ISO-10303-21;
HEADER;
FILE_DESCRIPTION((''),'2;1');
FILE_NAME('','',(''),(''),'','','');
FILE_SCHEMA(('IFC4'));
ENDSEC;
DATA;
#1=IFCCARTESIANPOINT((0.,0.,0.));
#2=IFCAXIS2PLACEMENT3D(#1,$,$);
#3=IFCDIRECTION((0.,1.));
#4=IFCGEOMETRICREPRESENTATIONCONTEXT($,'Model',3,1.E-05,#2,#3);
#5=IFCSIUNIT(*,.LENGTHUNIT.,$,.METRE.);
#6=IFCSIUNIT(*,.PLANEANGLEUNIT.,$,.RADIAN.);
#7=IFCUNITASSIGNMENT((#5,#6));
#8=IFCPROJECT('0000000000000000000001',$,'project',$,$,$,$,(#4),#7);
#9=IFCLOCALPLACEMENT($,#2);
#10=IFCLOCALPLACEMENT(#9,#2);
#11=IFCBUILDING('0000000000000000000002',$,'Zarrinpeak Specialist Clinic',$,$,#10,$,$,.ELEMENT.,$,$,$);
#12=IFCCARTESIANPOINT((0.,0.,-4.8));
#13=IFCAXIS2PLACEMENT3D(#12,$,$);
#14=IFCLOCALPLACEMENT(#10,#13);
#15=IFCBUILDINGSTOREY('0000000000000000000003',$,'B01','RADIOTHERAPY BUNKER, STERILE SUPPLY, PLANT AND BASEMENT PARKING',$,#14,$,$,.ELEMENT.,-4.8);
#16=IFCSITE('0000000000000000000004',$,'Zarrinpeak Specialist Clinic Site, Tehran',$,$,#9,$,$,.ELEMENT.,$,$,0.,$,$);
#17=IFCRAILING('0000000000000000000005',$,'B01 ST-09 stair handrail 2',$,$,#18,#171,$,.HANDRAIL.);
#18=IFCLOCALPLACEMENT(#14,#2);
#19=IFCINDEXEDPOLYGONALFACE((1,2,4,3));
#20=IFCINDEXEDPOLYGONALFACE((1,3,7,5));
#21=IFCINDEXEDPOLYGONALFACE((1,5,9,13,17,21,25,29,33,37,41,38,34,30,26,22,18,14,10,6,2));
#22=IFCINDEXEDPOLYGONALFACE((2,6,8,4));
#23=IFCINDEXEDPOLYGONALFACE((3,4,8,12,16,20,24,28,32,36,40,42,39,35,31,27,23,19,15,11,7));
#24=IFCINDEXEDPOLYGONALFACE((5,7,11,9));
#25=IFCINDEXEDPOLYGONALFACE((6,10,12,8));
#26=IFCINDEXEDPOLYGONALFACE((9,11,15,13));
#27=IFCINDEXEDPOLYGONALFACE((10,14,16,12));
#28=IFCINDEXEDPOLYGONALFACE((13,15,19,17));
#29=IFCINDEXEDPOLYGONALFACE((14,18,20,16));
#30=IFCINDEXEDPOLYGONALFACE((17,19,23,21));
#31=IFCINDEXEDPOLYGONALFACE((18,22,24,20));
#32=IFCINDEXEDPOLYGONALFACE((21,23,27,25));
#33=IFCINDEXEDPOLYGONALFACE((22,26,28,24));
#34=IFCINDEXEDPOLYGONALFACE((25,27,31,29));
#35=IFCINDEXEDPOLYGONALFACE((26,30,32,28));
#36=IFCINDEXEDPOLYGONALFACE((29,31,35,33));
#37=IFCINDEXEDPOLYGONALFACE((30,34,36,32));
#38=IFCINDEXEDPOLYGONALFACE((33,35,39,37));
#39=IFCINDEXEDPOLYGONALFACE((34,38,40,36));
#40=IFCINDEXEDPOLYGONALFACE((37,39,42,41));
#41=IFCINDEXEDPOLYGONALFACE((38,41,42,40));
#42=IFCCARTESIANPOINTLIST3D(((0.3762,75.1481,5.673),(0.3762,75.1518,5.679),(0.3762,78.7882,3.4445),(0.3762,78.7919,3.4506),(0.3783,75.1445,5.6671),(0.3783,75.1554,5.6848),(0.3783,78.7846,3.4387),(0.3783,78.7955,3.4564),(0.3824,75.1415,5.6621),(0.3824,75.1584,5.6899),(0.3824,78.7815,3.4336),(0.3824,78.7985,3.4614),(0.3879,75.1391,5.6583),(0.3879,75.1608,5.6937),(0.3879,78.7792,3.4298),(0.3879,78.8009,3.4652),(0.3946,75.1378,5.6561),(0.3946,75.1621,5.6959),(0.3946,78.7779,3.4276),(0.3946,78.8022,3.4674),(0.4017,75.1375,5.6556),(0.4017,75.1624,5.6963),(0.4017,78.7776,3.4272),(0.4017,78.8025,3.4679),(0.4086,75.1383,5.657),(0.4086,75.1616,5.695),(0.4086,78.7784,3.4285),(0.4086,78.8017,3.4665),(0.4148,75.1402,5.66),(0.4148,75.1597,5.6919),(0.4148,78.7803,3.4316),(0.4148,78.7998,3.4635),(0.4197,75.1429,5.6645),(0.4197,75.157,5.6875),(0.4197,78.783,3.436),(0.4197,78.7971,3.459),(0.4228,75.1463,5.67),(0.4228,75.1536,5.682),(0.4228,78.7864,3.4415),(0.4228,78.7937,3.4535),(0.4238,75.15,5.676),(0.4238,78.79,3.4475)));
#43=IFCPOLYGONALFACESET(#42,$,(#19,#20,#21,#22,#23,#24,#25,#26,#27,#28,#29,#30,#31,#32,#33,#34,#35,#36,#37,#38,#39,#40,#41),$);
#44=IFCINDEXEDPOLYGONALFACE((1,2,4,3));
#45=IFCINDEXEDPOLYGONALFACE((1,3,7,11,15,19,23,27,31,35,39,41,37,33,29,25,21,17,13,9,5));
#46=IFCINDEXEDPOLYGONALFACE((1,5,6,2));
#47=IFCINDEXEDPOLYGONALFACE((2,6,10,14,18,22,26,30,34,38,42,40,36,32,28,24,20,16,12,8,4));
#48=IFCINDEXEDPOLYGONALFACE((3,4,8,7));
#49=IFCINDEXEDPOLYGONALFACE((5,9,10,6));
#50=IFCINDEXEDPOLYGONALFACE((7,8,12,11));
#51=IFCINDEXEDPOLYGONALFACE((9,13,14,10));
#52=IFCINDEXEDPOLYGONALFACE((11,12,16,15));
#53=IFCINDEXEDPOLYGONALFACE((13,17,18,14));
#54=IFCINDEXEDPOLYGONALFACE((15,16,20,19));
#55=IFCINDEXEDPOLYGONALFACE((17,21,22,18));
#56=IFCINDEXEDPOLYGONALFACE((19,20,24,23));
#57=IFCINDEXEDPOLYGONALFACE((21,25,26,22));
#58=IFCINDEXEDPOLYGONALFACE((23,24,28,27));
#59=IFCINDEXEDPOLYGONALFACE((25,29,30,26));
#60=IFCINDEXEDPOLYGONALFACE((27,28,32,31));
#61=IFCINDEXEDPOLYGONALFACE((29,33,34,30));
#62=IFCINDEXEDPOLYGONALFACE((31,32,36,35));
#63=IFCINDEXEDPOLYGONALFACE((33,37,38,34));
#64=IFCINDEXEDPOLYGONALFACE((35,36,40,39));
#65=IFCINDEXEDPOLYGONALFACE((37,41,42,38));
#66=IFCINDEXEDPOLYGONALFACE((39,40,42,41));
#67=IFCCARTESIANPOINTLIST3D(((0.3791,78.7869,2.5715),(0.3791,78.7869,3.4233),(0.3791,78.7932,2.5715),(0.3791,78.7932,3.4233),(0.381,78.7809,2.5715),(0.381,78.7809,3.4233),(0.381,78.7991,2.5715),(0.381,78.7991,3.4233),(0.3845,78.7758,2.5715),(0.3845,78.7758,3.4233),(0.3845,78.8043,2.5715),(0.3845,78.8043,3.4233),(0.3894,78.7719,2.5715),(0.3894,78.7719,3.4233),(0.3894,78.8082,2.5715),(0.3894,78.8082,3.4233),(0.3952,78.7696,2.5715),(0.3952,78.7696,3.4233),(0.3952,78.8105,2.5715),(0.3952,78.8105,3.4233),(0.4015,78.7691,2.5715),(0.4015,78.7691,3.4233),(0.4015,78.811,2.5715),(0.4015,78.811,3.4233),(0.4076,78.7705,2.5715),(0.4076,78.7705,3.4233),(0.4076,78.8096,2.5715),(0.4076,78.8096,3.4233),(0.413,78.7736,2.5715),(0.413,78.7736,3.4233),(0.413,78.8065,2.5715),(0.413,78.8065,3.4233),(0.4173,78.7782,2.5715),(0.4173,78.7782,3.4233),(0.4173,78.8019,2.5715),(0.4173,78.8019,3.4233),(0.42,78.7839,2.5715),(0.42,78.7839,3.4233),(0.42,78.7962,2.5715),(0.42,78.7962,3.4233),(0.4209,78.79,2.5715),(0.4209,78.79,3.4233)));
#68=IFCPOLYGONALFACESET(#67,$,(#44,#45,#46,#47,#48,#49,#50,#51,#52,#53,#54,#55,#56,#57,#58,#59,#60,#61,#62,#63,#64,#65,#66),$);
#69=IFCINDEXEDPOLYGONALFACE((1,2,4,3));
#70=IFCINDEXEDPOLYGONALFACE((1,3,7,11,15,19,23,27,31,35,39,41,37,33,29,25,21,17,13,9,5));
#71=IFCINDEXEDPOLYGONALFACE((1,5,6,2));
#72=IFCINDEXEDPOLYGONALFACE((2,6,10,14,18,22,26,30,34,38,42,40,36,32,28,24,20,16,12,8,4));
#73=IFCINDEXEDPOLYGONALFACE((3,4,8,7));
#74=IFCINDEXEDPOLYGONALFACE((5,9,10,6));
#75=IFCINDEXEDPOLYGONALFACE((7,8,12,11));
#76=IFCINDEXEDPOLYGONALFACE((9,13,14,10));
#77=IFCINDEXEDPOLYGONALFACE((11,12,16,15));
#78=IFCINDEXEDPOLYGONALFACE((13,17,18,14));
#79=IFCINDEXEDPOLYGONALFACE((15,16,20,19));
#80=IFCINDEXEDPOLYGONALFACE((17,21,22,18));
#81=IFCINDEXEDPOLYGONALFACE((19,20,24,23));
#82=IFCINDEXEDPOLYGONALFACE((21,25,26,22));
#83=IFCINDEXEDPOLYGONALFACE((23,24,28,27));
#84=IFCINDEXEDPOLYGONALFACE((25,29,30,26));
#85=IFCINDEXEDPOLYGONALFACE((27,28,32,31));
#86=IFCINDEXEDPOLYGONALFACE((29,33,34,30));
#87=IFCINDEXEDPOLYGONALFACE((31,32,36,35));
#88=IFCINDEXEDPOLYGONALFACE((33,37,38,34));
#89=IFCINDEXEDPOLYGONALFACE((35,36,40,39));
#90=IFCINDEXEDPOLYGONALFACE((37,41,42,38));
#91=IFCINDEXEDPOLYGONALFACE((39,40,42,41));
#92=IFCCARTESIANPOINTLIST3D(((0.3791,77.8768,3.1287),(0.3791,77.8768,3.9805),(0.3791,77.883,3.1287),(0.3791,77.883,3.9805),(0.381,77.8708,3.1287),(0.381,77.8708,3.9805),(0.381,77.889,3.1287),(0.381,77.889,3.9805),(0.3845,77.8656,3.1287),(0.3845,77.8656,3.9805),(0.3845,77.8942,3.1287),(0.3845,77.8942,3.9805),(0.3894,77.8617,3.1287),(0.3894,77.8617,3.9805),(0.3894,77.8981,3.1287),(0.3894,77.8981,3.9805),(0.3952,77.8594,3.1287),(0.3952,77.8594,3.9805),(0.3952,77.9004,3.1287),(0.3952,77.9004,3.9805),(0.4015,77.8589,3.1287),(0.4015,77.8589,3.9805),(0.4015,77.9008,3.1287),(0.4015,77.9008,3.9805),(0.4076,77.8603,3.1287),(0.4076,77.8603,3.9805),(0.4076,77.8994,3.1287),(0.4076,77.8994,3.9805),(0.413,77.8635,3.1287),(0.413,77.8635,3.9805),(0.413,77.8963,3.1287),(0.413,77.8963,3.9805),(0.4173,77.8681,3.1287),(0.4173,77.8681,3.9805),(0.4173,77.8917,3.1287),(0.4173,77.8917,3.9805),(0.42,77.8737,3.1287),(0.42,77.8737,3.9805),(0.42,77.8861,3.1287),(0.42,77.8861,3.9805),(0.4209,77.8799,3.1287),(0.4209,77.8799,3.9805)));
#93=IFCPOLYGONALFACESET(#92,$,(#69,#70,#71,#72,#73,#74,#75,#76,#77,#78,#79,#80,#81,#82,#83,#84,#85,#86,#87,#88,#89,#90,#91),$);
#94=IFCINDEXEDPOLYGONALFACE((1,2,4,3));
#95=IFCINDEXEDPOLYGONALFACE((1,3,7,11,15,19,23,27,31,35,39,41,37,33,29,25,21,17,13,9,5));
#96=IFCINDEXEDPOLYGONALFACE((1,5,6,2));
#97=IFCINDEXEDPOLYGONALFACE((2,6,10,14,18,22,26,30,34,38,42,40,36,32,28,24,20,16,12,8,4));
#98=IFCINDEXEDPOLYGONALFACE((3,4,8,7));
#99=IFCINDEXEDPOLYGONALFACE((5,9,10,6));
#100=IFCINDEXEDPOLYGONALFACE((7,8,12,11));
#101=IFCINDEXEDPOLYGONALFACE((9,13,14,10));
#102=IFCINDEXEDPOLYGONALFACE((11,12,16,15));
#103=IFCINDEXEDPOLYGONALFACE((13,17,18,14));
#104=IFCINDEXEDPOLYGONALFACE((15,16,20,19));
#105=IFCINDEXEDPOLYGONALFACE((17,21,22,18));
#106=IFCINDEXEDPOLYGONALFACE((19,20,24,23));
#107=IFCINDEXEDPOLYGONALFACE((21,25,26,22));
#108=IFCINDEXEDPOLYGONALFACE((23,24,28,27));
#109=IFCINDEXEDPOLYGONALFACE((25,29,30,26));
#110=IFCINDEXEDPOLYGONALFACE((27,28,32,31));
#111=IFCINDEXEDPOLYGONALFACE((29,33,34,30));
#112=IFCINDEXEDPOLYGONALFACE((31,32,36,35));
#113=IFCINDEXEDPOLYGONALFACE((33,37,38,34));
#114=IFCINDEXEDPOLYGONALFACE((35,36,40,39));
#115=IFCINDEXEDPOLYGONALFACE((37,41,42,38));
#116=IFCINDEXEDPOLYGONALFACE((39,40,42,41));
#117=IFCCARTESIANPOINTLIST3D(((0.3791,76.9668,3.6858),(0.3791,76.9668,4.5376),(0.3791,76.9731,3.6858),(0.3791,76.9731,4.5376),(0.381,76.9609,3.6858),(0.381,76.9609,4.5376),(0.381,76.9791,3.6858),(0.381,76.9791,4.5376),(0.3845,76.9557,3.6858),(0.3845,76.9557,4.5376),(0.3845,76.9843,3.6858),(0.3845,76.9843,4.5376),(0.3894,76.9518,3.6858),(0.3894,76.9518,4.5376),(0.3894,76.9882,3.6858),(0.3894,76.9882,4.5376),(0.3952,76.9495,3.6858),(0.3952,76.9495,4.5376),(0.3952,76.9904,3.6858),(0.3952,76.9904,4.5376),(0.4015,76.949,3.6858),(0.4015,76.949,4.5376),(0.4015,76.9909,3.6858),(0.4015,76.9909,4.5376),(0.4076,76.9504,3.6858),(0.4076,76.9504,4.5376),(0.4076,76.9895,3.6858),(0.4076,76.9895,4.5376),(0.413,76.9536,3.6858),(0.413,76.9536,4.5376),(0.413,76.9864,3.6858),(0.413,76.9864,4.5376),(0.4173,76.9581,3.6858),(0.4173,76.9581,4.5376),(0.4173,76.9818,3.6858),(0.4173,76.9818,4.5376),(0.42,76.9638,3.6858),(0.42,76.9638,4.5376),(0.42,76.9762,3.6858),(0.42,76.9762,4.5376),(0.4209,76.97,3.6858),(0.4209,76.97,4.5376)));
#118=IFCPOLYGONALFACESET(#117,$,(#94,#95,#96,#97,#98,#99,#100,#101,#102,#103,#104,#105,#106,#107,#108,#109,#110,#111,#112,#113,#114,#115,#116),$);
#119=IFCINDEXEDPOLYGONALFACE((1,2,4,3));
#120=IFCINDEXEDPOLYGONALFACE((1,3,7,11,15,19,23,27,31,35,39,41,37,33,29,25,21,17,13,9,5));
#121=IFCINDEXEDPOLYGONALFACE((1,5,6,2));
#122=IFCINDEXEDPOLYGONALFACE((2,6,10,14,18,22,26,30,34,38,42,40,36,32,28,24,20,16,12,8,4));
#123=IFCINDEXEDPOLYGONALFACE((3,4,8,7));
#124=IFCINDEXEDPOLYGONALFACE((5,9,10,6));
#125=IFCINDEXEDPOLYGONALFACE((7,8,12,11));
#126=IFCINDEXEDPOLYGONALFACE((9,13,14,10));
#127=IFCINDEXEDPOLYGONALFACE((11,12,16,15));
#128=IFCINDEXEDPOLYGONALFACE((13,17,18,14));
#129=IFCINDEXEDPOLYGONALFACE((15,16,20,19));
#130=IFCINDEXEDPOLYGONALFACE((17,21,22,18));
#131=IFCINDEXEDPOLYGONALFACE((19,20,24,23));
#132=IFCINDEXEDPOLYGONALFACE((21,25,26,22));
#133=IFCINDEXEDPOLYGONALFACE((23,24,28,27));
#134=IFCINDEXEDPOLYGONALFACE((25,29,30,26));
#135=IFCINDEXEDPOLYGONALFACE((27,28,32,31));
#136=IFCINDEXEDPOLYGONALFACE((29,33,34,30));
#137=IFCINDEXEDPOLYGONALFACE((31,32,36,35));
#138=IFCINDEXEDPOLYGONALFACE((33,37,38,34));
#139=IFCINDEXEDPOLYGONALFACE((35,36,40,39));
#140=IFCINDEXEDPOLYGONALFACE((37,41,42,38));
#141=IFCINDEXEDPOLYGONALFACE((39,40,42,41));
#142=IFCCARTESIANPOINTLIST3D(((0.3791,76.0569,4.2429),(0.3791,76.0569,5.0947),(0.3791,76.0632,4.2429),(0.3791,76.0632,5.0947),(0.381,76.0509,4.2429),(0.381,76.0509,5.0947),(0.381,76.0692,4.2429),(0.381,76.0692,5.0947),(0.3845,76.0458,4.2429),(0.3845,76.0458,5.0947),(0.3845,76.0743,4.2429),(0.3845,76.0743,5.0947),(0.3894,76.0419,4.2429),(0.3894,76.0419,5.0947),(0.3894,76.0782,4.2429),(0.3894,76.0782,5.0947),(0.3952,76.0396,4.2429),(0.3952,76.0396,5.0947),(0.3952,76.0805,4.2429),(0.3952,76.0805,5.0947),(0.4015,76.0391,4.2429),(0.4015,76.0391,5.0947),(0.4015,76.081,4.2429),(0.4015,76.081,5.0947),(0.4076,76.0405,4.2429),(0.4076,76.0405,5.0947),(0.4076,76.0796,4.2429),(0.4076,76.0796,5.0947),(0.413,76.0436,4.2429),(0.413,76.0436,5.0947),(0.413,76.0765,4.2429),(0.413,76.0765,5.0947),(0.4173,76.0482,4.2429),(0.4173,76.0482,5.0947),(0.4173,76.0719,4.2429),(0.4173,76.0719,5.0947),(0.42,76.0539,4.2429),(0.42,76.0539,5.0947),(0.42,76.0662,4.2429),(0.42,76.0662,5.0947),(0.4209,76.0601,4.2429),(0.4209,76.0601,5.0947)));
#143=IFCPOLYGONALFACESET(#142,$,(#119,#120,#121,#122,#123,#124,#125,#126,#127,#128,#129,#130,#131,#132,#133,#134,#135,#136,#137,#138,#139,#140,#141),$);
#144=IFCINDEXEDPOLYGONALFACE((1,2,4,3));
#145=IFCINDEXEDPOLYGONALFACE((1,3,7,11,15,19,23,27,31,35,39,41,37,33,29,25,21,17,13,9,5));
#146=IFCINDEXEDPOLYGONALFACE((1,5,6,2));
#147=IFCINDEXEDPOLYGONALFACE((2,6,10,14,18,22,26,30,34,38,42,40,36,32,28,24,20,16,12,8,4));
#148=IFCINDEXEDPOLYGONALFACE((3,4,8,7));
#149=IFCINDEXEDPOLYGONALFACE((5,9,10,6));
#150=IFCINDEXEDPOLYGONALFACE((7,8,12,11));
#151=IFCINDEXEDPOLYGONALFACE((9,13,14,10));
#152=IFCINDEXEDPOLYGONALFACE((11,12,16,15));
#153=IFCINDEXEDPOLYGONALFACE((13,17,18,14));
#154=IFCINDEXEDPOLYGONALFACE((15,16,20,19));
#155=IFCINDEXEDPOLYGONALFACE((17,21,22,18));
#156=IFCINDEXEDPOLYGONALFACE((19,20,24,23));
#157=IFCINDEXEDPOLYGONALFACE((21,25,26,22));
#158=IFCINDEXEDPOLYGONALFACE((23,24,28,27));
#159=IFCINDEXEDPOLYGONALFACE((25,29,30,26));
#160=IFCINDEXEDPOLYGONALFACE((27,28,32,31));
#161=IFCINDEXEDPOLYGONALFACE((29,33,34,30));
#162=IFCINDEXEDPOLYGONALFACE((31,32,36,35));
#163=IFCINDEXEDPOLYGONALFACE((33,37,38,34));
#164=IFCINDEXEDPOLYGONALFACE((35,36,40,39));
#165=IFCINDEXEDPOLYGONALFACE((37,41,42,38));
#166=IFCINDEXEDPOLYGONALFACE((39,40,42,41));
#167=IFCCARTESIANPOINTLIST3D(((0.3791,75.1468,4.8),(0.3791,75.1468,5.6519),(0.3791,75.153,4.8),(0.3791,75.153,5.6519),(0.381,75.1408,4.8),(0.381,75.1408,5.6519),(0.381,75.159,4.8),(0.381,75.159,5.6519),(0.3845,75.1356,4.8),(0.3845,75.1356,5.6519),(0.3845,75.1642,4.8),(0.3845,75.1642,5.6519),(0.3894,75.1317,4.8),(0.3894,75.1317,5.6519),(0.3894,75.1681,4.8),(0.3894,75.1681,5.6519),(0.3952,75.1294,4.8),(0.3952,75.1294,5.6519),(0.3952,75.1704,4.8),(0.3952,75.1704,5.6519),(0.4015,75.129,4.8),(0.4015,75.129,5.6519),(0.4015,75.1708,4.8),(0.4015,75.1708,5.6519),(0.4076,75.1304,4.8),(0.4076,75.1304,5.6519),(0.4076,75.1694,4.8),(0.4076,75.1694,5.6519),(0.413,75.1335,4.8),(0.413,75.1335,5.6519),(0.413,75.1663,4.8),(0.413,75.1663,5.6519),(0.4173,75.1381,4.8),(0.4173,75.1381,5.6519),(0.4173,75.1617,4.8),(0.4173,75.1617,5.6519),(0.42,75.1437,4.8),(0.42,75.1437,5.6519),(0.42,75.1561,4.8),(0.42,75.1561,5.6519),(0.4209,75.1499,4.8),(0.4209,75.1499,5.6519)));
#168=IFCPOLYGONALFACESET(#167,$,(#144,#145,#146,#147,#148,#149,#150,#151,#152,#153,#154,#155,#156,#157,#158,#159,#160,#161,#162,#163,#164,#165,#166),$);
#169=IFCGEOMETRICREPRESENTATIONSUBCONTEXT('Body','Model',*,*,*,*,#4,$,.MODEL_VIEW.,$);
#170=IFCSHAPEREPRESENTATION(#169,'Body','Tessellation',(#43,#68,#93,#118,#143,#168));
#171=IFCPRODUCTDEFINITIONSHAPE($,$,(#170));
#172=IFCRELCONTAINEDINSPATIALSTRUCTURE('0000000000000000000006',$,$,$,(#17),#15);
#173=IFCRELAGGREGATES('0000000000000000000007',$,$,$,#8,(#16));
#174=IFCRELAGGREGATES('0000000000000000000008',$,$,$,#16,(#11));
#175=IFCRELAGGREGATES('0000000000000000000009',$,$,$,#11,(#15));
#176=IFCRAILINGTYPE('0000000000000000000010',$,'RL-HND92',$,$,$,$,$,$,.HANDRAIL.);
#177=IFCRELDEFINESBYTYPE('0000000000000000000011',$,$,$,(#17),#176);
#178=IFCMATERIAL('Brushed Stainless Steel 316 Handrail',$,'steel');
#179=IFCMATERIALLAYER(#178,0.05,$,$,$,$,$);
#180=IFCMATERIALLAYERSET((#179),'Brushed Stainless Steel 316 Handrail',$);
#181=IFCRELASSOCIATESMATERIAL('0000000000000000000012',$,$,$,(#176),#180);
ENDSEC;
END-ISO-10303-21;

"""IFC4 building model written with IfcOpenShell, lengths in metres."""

from ifc_helpers import new_model, si_unit, direction, frame, origin, origin_2d, place, context, subcontext, project, spatial, circle, extrude, material, layer, layer_set, type_object, element, save


model = new_model("IFC4")

# Units and contexts
model_context = context("Model", 3, precision=1e-05, world=origin(), true_north=direction((0.0, 1.0)))
body_context = subcontext(model_context, "Body", "Model", "MODEL_VIEW")
ifc_project = project(units=[si_unit("LENGTHUNIT", "METRE"), si_unit("PLANEANGLEUNIT", "RADIAN")], contexts=[model_context])

# Site, building, storey
site_placement = place(None, origin())
site = spatial("IfcSite", under=ifc_project, at=site_placement, Name="Zarrinpeak Specialist Clinic Site, Tehran", CompositionType="ELEMENT", RefElevation=0.0)
building_placement = place(site_placement, origin())
building = spatial("IfcBuilding", under=site, at=building_placement, Name="Zarrinpeak Specialist Clinic", CompositionType="ELEMENT")
storey_placement = place(building_placement, frame((0.0, 0.0, -4.8)))
storey = spatial("IfcBuildingStorey", under=building, at=storey_placement, Name="B01", Description="RADIOTHERAPY BUNKER, STERILE SUPPLY, PLANT AND BASEMENT PARKING", CompositionType="ELEMENT", Elevation=-4.8)

# Railing
ifc_material_1 = material(Name="Brushed Stainless Steel 316 Handrail", Category="steel")
ifc_layer_1 = layer(ifc_material_1, 0.05)
ifc_layer_set_1 = layer_set([ifc_layer_1], Name="Brushed Stainless Steel 316 Handrail")
railing_type_1 = type_object("IfcRailingType", Name="RL-HND92", PredefinedType="HANDRAIL", material=ifc_layer_set_1)
railing_1_placement = place(storey_placement, frame((0.3999, 78.79, 2.5715)))
element("IfcRailing", 1, at=railing_1_placement, inside=storey, type_object=railing_type_1, Name="B01 ST-09 stair handrail 2", PredefinedType="HANDRAIL", context=body_context, shape_type="SweptSolid", body=[
    extrude(circle(Radius=0.0239, at=origin_2d()), frame((0.0, 0.0, 0.876), z_axis=(0.0, -0.852866, 0.52213), x_axis=(1.0, 0.0, 0.0)), (0.0, 0.0, 1.0), 4.2681),
    extrude(circle(Radius=0.021, at=origin_2d()), origin(), (0.0, 0.0, 1.0), 0.8518),
    extrude(circle(Radius=0.021, at=origin_2d()), frame((0.0, -0.9102, 0.5571)), (0.0, 0.0, 1.0), 0.8518),
    extrude(circle(Radius=0.021, at=origin_2d()), frame((0.0, -1.8201, 1.1143)), (0.0, 0.0, 1.0), 0.8518),
    extrude(circle(Radius=0.021, at=origin_2d()), frame((0.0, -2.73, 1.6714)), (0.0, 0.0, 1.0), 0.8518),
    extrude(circle(Radius=0.021, at=origin_2d()), frame((0.0, -3.6401, 2.2285)), (0.0, 0.0, 1.0), 0.8518),
])

save(model, "model.ifc")
